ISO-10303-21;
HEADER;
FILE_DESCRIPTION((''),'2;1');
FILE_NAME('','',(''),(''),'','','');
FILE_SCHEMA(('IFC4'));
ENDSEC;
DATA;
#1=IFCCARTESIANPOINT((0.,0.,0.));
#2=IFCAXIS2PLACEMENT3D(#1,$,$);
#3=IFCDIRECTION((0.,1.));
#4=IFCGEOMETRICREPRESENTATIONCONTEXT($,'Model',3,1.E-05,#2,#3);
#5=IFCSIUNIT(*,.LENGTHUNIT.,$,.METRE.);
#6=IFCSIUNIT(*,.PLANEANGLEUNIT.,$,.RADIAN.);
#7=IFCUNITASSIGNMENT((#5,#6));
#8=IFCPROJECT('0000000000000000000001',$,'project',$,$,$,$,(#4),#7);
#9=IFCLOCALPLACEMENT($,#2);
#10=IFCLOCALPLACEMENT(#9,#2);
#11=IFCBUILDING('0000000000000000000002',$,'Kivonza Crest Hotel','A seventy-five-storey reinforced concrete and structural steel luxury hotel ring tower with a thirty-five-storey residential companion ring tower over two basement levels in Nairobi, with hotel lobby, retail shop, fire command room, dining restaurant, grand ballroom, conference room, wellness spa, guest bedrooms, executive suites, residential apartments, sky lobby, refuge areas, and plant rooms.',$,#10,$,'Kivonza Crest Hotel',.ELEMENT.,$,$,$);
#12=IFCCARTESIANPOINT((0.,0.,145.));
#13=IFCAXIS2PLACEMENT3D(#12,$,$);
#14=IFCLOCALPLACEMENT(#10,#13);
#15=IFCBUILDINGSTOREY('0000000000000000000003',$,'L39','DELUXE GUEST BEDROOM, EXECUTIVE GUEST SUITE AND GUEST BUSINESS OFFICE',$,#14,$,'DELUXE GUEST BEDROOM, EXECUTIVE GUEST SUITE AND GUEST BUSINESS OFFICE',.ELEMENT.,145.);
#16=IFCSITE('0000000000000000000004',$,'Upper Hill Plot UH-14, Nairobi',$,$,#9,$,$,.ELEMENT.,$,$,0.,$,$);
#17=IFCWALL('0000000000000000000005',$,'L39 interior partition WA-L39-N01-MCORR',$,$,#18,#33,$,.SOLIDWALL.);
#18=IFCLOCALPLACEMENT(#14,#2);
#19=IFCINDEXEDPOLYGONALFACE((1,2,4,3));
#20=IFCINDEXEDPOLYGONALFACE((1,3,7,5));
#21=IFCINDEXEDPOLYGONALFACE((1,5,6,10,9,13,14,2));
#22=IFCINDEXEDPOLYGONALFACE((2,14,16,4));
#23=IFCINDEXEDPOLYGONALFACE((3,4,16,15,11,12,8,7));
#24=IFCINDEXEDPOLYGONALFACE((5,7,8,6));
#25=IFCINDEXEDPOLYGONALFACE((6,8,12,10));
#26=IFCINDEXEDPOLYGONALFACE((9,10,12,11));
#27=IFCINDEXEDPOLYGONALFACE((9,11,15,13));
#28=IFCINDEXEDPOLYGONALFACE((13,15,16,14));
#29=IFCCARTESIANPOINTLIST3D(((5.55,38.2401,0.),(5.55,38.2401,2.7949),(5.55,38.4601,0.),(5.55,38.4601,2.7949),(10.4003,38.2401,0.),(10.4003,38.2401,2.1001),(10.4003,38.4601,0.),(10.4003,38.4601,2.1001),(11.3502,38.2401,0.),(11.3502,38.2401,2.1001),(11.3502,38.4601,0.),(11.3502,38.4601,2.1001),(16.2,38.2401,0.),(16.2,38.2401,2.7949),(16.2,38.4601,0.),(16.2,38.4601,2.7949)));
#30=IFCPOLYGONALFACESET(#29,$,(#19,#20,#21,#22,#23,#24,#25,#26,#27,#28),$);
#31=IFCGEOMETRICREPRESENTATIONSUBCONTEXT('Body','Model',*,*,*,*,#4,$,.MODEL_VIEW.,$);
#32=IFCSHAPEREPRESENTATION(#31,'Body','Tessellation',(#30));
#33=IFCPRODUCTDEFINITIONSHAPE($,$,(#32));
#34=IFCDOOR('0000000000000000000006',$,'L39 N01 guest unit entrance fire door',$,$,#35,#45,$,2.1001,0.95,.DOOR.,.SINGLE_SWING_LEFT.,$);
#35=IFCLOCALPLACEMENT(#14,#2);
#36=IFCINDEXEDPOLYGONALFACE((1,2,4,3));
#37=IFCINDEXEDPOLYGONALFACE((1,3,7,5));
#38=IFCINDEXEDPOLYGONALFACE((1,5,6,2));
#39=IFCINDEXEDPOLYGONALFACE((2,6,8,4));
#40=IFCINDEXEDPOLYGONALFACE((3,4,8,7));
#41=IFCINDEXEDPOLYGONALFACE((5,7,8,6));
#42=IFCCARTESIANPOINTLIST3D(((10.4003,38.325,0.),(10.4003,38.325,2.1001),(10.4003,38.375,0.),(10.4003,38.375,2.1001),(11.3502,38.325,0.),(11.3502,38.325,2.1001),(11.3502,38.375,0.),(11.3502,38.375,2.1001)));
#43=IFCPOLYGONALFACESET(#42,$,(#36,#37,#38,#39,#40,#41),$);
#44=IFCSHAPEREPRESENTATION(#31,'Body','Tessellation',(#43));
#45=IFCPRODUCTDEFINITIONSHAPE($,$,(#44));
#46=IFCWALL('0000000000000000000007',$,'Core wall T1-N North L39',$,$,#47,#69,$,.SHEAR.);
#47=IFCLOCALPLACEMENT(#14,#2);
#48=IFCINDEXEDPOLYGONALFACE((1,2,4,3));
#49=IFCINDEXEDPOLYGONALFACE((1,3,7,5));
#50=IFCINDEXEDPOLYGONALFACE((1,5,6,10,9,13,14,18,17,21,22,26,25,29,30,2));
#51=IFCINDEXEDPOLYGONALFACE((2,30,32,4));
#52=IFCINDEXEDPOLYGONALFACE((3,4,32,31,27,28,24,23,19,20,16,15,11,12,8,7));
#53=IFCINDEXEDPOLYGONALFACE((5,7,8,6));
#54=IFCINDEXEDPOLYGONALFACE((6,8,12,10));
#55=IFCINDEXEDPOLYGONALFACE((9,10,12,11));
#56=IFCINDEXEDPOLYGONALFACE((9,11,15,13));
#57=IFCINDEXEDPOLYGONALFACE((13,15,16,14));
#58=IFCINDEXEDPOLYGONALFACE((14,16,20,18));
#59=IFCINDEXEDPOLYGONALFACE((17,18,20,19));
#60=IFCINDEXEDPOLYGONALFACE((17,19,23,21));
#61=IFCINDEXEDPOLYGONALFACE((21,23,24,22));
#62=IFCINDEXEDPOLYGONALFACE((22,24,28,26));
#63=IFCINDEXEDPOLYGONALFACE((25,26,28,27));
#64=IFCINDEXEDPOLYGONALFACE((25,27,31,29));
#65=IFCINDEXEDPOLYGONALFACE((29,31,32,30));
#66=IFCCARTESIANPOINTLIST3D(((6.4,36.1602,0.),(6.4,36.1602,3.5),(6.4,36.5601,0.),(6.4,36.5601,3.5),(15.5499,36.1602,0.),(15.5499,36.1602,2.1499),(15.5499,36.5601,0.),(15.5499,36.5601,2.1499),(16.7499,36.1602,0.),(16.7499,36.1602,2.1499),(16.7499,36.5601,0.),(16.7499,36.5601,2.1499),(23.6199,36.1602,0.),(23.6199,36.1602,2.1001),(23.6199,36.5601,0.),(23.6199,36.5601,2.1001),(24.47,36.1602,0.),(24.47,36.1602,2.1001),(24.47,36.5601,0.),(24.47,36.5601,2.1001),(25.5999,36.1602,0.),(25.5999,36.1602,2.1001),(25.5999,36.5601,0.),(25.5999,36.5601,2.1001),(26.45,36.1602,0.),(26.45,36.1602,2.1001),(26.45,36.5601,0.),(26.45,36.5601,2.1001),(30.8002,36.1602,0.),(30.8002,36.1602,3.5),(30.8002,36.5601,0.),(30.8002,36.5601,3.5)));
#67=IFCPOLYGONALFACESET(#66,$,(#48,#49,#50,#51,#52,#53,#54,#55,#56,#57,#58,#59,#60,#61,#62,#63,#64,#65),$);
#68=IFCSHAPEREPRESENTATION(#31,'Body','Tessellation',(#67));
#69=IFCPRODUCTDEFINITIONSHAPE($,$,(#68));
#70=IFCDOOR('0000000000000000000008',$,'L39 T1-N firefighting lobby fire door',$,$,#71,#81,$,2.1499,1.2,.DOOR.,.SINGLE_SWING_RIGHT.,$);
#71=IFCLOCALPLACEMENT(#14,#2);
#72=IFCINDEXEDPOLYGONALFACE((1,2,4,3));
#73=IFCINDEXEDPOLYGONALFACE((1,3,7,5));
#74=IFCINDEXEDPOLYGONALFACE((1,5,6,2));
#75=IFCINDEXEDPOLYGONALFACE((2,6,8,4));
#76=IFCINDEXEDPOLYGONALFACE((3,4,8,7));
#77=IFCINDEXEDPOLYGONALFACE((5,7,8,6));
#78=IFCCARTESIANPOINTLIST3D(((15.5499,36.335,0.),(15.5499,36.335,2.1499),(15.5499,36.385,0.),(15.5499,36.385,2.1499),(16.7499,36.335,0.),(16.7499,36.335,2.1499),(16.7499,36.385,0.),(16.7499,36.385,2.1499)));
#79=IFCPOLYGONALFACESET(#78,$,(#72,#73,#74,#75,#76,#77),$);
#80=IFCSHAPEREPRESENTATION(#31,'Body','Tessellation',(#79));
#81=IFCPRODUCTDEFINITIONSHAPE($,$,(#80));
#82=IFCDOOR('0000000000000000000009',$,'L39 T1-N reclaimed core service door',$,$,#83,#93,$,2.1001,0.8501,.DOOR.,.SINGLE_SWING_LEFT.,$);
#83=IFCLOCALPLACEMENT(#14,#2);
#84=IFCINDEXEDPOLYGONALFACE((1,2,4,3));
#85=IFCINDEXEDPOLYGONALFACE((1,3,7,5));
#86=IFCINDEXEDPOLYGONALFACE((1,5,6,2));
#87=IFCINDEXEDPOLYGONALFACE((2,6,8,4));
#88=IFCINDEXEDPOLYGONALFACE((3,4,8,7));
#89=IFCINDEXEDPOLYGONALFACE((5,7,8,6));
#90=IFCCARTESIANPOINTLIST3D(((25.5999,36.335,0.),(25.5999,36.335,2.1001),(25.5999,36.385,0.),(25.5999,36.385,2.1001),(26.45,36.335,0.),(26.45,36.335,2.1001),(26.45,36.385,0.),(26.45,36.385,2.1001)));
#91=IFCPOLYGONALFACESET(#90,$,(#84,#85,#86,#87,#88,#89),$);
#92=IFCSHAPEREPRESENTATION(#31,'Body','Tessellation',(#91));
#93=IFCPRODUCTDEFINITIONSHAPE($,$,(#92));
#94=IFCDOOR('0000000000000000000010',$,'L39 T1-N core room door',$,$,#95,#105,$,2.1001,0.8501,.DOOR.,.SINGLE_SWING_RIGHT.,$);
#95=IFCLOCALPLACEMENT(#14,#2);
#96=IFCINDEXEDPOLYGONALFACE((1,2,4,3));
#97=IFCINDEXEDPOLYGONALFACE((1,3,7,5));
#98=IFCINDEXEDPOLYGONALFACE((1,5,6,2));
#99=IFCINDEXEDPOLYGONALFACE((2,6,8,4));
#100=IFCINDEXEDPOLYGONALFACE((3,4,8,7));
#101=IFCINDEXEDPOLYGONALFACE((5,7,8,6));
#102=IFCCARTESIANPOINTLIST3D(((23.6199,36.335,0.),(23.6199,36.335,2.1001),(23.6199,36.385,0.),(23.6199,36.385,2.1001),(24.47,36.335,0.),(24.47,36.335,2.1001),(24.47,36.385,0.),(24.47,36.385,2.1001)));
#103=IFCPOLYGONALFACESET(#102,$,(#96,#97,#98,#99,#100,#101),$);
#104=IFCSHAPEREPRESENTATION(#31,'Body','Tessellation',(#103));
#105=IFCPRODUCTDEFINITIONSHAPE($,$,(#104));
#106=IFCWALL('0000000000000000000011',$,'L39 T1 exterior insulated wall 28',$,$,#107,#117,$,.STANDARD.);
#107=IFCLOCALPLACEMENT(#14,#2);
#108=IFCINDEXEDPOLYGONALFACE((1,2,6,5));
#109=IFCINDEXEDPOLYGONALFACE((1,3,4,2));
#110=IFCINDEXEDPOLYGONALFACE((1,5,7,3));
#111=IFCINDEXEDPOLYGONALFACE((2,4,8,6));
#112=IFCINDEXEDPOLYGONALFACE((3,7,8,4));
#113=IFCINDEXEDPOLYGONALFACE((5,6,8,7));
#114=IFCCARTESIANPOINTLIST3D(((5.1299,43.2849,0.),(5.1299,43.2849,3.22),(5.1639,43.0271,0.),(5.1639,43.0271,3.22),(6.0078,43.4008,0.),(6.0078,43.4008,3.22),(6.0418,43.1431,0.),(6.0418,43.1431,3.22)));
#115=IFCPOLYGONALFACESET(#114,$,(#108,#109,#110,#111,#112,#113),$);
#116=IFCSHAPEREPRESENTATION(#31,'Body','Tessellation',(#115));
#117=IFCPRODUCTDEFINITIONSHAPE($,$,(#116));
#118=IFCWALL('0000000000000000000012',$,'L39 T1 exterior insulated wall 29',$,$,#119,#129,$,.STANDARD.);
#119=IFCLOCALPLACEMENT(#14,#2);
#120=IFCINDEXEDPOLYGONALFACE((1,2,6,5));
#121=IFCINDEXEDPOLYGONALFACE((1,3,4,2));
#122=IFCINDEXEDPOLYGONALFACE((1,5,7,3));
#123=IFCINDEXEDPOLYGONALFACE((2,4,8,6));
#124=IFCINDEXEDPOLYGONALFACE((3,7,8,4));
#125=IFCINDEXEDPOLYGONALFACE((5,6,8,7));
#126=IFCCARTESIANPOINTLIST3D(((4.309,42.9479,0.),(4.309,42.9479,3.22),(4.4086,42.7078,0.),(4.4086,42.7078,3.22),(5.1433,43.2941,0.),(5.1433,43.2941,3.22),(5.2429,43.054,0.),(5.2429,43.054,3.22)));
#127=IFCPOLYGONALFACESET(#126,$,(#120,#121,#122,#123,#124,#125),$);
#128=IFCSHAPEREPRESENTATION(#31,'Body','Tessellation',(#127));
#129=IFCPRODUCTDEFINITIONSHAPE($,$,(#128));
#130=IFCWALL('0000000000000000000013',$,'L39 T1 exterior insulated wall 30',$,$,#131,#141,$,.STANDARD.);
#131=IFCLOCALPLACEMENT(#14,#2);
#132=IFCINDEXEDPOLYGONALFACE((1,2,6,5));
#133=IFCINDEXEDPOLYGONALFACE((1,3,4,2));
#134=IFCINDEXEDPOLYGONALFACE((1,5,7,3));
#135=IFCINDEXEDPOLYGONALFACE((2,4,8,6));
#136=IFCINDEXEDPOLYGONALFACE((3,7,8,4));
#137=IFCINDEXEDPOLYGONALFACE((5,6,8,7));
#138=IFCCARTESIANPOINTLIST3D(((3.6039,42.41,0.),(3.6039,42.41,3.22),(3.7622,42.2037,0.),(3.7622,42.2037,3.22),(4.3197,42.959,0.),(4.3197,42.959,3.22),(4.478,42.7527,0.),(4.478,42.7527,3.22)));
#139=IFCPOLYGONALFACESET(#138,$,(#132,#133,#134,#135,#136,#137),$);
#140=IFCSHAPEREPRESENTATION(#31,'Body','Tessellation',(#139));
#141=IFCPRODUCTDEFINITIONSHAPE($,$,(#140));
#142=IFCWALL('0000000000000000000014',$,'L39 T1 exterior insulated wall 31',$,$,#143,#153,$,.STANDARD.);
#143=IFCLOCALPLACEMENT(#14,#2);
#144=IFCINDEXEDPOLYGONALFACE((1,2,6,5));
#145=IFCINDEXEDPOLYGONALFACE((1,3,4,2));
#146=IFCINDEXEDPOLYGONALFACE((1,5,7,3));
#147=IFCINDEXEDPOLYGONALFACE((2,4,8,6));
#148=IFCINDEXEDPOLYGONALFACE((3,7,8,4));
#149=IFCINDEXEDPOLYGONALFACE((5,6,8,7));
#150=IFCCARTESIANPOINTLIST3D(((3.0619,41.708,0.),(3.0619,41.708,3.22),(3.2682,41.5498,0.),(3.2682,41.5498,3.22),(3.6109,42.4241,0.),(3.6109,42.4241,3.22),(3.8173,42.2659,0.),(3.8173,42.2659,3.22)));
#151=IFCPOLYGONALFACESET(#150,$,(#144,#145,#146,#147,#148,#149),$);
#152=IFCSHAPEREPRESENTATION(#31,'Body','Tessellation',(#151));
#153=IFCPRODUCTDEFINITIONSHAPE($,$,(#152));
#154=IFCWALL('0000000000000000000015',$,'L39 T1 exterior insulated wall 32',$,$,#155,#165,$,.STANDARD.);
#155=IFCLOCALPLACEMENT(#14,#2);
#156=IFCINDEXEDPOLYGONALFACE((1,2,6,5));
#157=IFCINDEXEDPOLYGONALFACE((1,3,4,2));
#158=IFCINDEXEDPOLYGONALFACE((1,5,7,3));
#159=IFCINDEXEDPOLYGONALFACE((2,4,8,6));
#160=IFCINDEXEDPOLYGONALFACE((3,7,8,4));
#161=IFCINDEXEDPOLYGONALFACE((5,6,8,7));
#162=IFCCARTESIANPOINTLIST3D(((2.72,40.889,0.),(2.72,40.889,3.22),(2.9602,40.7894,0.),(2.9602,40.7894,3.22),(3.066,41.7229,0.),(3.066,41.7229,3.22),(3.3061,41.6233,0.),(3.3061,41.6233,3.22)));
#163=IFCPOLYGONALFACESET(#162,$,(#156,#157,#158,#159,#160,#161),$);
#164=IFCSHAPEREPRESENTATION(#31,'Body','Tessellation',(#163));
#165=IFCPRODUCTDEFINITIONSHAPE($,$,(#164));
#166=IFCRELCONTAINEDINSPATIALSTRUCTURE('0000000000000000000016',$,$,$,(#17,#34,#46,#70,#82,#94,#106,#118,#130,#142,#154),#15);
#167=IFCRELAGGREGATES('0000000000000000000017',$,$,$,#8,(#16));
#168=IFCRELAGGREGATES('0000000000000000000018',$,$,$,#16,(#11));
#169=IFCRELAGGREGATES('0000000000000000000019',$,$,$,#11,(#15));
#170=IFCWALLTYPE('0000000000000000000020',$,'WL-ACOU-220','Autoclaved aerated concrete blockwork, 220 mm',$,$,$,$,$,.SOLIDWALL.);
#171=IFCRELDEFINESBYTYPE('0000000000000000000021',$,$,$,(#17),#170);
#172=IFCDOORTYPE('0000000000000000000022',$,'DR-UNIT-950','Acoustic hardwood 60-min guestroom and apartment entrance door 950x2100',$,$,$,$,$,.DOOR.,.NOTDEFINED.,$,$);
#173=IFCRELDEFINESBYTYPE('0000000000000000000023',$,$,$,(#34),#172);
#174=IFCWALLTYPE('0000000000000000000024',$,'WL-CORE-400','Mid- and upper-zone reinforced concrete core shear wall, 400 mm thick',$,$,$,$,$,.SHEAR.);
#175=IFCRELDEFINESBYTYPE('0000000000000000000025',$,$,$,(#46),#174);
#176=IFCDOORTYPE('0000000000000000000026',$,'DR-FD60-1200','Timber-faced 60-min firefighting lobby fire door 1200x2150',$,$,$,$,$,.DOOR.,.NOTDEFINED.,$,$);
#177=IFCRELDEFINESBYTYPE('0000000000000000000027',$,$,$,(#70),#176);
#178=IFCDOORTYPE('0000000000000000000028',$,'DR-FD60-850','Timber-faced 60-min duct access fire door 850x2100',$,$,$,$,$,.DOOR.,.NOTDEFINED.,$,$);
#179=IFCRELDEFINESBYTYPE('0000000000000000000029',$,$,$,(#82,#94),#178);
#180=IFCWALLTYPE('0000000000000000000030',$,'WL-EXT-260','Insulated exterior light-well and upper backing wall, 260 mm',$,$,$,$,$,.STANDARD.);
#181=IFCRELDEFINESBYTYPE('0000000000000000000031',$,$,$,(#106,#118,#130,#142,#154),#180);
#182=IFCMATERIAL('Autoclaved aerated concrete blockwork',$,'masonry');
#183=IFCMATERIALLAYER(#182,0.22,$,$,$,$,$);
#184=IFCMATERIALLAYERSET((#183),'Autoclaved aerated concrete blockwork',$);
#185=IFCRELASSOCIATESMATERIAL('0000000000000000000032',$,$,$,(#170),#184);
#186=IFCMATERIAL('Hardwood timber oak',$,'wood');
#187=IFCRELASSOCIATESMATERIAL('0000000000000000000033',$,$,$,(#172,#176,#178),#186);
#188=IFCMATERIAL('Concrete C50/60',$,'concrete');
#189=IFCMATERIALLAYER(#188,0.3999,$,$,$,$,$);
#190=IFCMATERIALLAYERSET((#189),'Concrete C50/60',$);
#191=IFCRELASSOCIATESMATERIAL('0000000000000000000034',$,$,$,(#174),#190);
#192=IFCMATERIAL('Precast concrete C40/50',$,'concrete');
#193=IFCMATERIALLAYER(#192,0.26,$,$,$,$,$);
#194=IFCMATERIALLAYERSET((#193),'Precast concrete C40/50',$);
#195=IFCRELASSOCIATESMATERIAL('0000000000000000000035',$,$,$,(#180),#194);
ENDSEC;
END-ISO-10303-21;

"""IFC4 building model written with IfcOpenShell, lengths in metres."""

from ifc_helpers import new_model, si_unit, direction, frame, frame_2d, origin, place, context, subcontext, project, spatial, rectangle, extrude, material, layer, layer_set, type_object, element, fill, save


model = new_model("IFC4")

# Units and contexts
model_context = context("Model", 3, precision=1e-05, world=origin(), true_north=direction((0.0, 1.0)))
body_context = subcontext(model_context, "Body", "Model", "MODEL_VIEW")
ifc_project = project(units=[si_unit("LENGTHUNIT", "METRE"), si_unit("PLANEANGLEUNIT", "RADIAN")], contexts=[model_context])

# Site, building, storey
site_placement = place(None, origin())
site = spatial("IfcSite", under=ifc_project, at=site_placement, Name="Upper Hill Plot UH-14, Nairobi", CompositionType="ELEMENT", RefElevation=0.0)
building_placement = place(site_placement, origin())
building = spatial("IfcBuilding", under=site, at=building_placement, Name="Kivonza Crest Hotel", Description="A seventy-five-storey reinforced concrete and structural steel luxury hotel ring tower with a thirty-five-storey residential companion ring tower over two basement levels in Nairobi, with hotel lobby, retail shop, fire command room, dining restaurant, grand ballroom, conference room, wellness spa, guest bedrooms, executive suites, residential apartments, sky lobby, refuge areas, and plant rooms.", LongName="Kivonza Crest Hotel", CompositionType="ELEMENT")
storey_placement = place(building_placement, frame((0.0, 0.0, 145.0)))
storey = spatial("IfcBuildingStorey", under=building, at=storey_placement, Name="L39", Description="DELUXE GUEST BEDROOM, EXECUTIVE GUEST SUITE AND GUEST BUSINESS OFFICE", LongName="DELUXE GUEST BEDROOM, EXECUTIVE GUEST SUITE AND GUEST BUSINESS OFFICE", CompositionType="ELEMENT", Elevation=145.0)

# Shared definitions
ifc_material_1 = material(Name="Concrete C50/60", Category="concrete")

# Shared definitions
ifc_material_2 = material(Name="Autoclaved aerated concrete blockwork", Category="masonry")
ifc_layer_1 = layer(ifc_material_2, 0.22)
ifc_layer_set_1 = layer_set([ifc_layer_1], Name="Autoclaved aerated concrete blockwork")
wall_type_1 = type_object("IfcWallType", Name="WL-ACOU-220", Description="Autoclaved aerated concrete blockwork, 220 mm", PredefinedType="SOLIDWALL", material=ifc_layer_set_1)

# Wall, opening, door
wall_1_placement = place(storey_placement, frame((5.55, 38.3501, 0.0), z_axis=(0.0, 0.0, 1.0), x_axis=(1.0, 0.0, 0.0)))
wall_1 = element("IfcWall", 1, at=wall_1_placement, inside=storey, type_object=wall_type_1, Name="L39 interior partition WA-L39-N01-MCORR", PredefinedType="SOLIDWALL", context=body_context, shape_type="SweptSolid", body=[
    extrude(rectangle(XDim=10.6499, YDim=0.22, at=frame_2d((5.325, 0.0))), origin(), (0.0, 0.0, 1.0), 2.7949),
])
opening_1_placement = place(wall_1_placement, frame((4.8501, 0.0, 0.0)))
opening_1 = element("IfcOpeningElement", 2, at=opening_1_placement, cuts=wall_1, PredefinedType="OPENING", context=body_context, shape_type="SweptSolid", body=[
    extrude(rectangle(XDim=0.95, YDim=2.1001, at=frame_2d((0.4751, 1.05))), frame((0.0, 0.1201, 0.0), z_axis=(0.0, -1.0, 0.0), x_axis=(1.0, 0.0, 0.0)), (0.0, 0.0, 1.0), 0.24),
])
ifc_material_3 = material(Name="Hardwood timber oak", Category="wood")
door_type_1 = type_object("IfcDoorType", Name="DR-UNIT-950", Description="Acoustic hardwood 60-min guestroom and apartment entrance door 950x2100", OperationType="NOTDEFINED", PredefinedType="DOOR", material=ifc_material_3)
door_1_placement = place(opening_1_placement, origin())
door_1 = element("IfcDoor", 3, at=door_1_placement, inside=storey, type_object=door_type_1, Name="L39 N01 guest unit entrance fire door", OperationType="SINGLE_SWING_LEFT", OverallHeight=2.1001, OverallWidth=0.95, PredefinedType="DOOR", context=body_context, shape_type="SweptSolid", body=[
    extrude(rectangle(XDim=0.95, YDim=2.1001, at=frame_2d((0.4751, 1.05))), frame((0.0, 0.0249, 0.0), z_axis=(0.0, -1.0, 0.0), x_axis=(1.0, 0.0, 0.0)), (0.0, 0.0, 1.0), 0.05),
])
fill(opening_1, door_1)

# Wall, openings, doors
ifc_layer_2 = layer(ifc_material_1, 0.3999)
ifc_layer_set_2 = layer_set([ifc_layer_2], Name="Concrete C50/60")
wall_type_2 = type_object("IfcWallType", Name="WL-CORE-400", Description="Mid- and upper-zone reinforced concrete core shear wall, 400 mm thick", PredefinedType="SHEAR", material=ifc_layer_set_2)
wall_2_placement = place(storey_placement, frame((6.3999, 36.3601, 0.0), z_axis=(0.0, 0.0, 1.0), x_axis=(1.0, 0.0, 0.0)))
wall_2 = element("IfcWall", 4, at=wall_2_placement, inside=storey, type_object=wall_type_2, Name="Core wall T1-N North L39", PredefinedType="SHEAR", context=body_context, shape_type="SweptSolid", body=[
    extrude(rectangle(XDim=24.4001, YDim=0.3999, at=frame_2d((12.2002, 0.0))), origin(), (0.0, 0.0, 1.0), 3.5),
])
opening_2_placement = place(wall_2_placement, frame((9.1499, 0.0, 0.0)))
opening_2 = element("IfcOpeningElement", 5, at=opening_2_placement, cuts=wall_2, PredefinedType="OPENING", context=body_context, shape_type="SweptSolid", body=[
    extrude(rectangle(XDim=1.2, YDim=2.1499, at=frame_2d((0.6001, 1.075))), frame((0.0, 0.21, 0.0), z_axis=(0.0, -1.0, 0.0), x_axis=(1.0, 0.0, 0.0)), (0.0, 0.0, 1.0), 0.4199),
])
opening_3_placement = place(wall_2_placement, frame((19.2, 0.0, 0.0)))
opening_3 = element("IfcOpeningElement", 6, at=opening_3_placement, cuts=wall_2, PredefinedType="OPENING", context=body_context, shape_type="SweptSolid", body=[
    extrude(rectangle(XDim=0.8501, YDim=2.1001, at=frame_2d((0.425, 1.05))), frame((0.0, 0.21, 0.0), z_axis=(0.0, -1.0, 0.0), x_axis=(1.0, 0.0, 0.0)), (0.0, 0.0, 1.0), 0.4199),
])
opening_4_placement = place(wall_2_placement, frame((17.22, 0.0, 0.0)))
opening_4 = element("IfcOpeningElement", 7, at=opening_4_placement, cuts=wall_2, PredefinedType="OPENING", context=body_context, shape_type="SweptSolid", body=[
    extrude(rectangle(XDim=0.8501, YDim=2.1001, at=frame_2d((0.425, 1.05))), frame((0.0, 0.21, 0.0), z_axis=(0.0, -1.0, 0.0), x_axis=(1.0, 0.0, 0.0)), (0.0, 0.0, 1.0), 0.4199),
])
door_type_2 = type_object("IfcDoorType", Name="DR-FD60-1200", Description="Timber-faced 60-min firefighting lobby fire door 1200x2150", OperationType="NOTDEFINED", PredefinedType="DOOR", material=ifc_material_3)
door_2_placement = place(opening_2_placement, origin())
door_2 = element("IfcDoor", 8, at=door_2_placement, inside=storey, type_object=door_type_2, Name="L39 T1-N firefighting lobby fire door", OperationType="SINGLE_SWING_RIGHT", OverallHeight=2.1499, OverallWidth=1.2, PredefinedType="DOOR", context=body_context, shape_type="SweptSolid", body=[
    extrude(rectangle(XDim=1.2, YDim=2.1499, at=frame_2d((0.6001, 1.075))), frame((0.0, 0.0249, 0.0), z_axis=(0.0, -1.0, 0.0), x_axis=(1.0, 0.0, 0.0)), (0.0, 0.0, 1.0), 0.05),
])
fill(opening_2, door_2)
door_type_3 = type_object("IfcDoorType", Name="DR-FD60-850", Description="Timber-faced 60-min duct access fire door 850x2100", OperationType="NOTDEFINED", PredefinedType="DOOR", material=ifc_material_3)
door_3_placement = place(opening_3_placement, origin())
door_3 = element("IfcDoor", 9, at=door_3_placement, inside=storey, type_object=door_type_3, Name="L39 T1-N reclaimed core service door", OperationType="SINGLE_SWING_LEFT", OverallHeight=2.1001, OverallWidth=0.8501, PredefinedType="DOOR", context=body_context, shape_type="SweptSolid", body=[
    extrude(rectangle(XDim=0.8501, YDim=2.1001, at=frame_2d((0.425, 1.05))), frame((0.0, 0.0249, 0.0), z_axis=(0.0, -1.0, 0.0), x_axis=(1.0, 0.0, 0.0)), (0.0, 0.0, 1.0), 0.05),
])
fill(opening_3, door_3)
door_4_placement = place(opening_4_placement, origin())
door_4 = element("IfcDoor", 10, at=door_4_placement, inside=storey, type_object=door_type_3, Name="L39 T1-N core room door", OperationType="SINGLE_SWING_RIGHT", OverallHeight=2.1001, OverallWidth=0.8501, PredefinedType="DOOR", context=body_context, shape_type="SweptSolid", body=[
    extrude(rectangle(XDim=0.8501, YDim=2.1001, at=frame_2d((0.425, 1.05))), frame((0.0, 0.0249, 0.0), z_axis=(0.0, -1.0, 0.0), x_axis=(1.0, 0.0, 0.0)), (0.0, 0.0, 1.0), 0.05),
])
fill(opening_4, door_4)

# Walls
ifc_material_4 = material(Name="Precast concrete C40/50", Category="concrete")
ifc_layer_3 = layer(ifc_material_4, 0.26)
ifc_layer_set_3 = layer_set([ifc_layer_3], Name="Precast concrete C40/50")
wall_type_3 = type_object("IfcWallType", Name="WL-EXT-260", Description="Insulated exterior light-well and upper backing wall, 260 mm", PredefinedType="STANDARD", material=ifc_layer_set_3)
wall_3_placement = place(storey_placement, frame((6.0249, 43.272, 0.0), z_axis=(0.0, 0.0, 1.0), x_axis=(-0.991388, -0.130954, 0.0)))
element("IfcWall", 11, at=wall_3_placement, inside=storey, type_object=wall_type_3, Name="L39 T1 exterior insulated wall 28", PredefinedType="STANDARD", context=body_context, shape_type="SweptSolid", body=[
    extrude(rectangle(XDim=0.8855, YDim=0.26, at=frame_2d((0.4429, 0.0))), origin(), (0.0, 0.0, 1.0), 3.22),
])
wall_4_placement = place(storey_placement, frame((5.1931, 43.1741, 0.0), z_axis=(0.0, 0.0, 1.0), x_axis=(-0.923628, -0.383291, 0.0)))
element("IfcWall", 12, at=wall_4_placement, inside=storey, type_object=wall_type_3, Name="L39 T1 exterior insulated wall 29", PredefinedType="STANDARD", context=body_context, shape_type="SweptSolid", body=[
    extrude(rectangle(XDim=0.9033, YDim=0.26, at=frame_2d((0.4517, 0.0))), origin(), (0.0, 0.0, 1.0), 3.22),
])
wall_5_placement = place(storey_placement, frame((4.3989, 42.856, 0.0), z_axis=(0.0, 0.0, 1.0), x_axis=(-0.793458, -0.608625, 0.0)))
element("IfcWall", 13, at=wall_5_placement, inside=storey, type_object=wall_type_3, Name="L39 T1 exterior insulated wall 30", PredefinedType="STANDARD", context=body_context, shape_type="SweptSolid", body=[
    extrude(rectangle(XDim=0.9021, YDim=0.26, at=frame_2d((0.4512, 0.0))), origin(), (0.0, 0.0, 1.0), 3.22),
])
wall_6_placement = place(storey_placement, frame((3.7141, 42.345, 0.0), z_axis=(0.0, 0.0, 1.0), x_axis=(-0.608494, -0.793558, 0.0)))
element("IfcWall", 14, at=wall_6_placement, inside=storey, type_object=wall_type_3, Name="L39 T1 exterior insulated wall 31", PredefinedType="STANDARD", context=body_context, shape_type="SweptSolid", body=[
    extrude(rectangle(XDim=0.9023, YDim=0.26, at=frame_2d((0.4512, 0.0))), origin(), (0.0, 0.0, 1.0), 3.22),
])
wall_7_placement = place(storey_placement, frame((3.186, 41.6731, 0.0), z_axis=(0.0, 0.0, 1.0), x_axis=(-0.383156, -0.923684, 0.0)))
element("IfcWall", 15, at=wall_7_placement, inside=storey, type_object=wall_type_3, Name="L39 T1 exterior insulated wall 32", PredefinedType="STANDARD", context=body_context, shape_type="SweptSolid", body=[
    extrude(rectangle(XDim=0.9028, YDim=0.26, at=frame_2d((0.4514, 0.0))), origin(), (0.0, 0.0, 1.0), 3.22),
])

save(model, "model.ifc")
